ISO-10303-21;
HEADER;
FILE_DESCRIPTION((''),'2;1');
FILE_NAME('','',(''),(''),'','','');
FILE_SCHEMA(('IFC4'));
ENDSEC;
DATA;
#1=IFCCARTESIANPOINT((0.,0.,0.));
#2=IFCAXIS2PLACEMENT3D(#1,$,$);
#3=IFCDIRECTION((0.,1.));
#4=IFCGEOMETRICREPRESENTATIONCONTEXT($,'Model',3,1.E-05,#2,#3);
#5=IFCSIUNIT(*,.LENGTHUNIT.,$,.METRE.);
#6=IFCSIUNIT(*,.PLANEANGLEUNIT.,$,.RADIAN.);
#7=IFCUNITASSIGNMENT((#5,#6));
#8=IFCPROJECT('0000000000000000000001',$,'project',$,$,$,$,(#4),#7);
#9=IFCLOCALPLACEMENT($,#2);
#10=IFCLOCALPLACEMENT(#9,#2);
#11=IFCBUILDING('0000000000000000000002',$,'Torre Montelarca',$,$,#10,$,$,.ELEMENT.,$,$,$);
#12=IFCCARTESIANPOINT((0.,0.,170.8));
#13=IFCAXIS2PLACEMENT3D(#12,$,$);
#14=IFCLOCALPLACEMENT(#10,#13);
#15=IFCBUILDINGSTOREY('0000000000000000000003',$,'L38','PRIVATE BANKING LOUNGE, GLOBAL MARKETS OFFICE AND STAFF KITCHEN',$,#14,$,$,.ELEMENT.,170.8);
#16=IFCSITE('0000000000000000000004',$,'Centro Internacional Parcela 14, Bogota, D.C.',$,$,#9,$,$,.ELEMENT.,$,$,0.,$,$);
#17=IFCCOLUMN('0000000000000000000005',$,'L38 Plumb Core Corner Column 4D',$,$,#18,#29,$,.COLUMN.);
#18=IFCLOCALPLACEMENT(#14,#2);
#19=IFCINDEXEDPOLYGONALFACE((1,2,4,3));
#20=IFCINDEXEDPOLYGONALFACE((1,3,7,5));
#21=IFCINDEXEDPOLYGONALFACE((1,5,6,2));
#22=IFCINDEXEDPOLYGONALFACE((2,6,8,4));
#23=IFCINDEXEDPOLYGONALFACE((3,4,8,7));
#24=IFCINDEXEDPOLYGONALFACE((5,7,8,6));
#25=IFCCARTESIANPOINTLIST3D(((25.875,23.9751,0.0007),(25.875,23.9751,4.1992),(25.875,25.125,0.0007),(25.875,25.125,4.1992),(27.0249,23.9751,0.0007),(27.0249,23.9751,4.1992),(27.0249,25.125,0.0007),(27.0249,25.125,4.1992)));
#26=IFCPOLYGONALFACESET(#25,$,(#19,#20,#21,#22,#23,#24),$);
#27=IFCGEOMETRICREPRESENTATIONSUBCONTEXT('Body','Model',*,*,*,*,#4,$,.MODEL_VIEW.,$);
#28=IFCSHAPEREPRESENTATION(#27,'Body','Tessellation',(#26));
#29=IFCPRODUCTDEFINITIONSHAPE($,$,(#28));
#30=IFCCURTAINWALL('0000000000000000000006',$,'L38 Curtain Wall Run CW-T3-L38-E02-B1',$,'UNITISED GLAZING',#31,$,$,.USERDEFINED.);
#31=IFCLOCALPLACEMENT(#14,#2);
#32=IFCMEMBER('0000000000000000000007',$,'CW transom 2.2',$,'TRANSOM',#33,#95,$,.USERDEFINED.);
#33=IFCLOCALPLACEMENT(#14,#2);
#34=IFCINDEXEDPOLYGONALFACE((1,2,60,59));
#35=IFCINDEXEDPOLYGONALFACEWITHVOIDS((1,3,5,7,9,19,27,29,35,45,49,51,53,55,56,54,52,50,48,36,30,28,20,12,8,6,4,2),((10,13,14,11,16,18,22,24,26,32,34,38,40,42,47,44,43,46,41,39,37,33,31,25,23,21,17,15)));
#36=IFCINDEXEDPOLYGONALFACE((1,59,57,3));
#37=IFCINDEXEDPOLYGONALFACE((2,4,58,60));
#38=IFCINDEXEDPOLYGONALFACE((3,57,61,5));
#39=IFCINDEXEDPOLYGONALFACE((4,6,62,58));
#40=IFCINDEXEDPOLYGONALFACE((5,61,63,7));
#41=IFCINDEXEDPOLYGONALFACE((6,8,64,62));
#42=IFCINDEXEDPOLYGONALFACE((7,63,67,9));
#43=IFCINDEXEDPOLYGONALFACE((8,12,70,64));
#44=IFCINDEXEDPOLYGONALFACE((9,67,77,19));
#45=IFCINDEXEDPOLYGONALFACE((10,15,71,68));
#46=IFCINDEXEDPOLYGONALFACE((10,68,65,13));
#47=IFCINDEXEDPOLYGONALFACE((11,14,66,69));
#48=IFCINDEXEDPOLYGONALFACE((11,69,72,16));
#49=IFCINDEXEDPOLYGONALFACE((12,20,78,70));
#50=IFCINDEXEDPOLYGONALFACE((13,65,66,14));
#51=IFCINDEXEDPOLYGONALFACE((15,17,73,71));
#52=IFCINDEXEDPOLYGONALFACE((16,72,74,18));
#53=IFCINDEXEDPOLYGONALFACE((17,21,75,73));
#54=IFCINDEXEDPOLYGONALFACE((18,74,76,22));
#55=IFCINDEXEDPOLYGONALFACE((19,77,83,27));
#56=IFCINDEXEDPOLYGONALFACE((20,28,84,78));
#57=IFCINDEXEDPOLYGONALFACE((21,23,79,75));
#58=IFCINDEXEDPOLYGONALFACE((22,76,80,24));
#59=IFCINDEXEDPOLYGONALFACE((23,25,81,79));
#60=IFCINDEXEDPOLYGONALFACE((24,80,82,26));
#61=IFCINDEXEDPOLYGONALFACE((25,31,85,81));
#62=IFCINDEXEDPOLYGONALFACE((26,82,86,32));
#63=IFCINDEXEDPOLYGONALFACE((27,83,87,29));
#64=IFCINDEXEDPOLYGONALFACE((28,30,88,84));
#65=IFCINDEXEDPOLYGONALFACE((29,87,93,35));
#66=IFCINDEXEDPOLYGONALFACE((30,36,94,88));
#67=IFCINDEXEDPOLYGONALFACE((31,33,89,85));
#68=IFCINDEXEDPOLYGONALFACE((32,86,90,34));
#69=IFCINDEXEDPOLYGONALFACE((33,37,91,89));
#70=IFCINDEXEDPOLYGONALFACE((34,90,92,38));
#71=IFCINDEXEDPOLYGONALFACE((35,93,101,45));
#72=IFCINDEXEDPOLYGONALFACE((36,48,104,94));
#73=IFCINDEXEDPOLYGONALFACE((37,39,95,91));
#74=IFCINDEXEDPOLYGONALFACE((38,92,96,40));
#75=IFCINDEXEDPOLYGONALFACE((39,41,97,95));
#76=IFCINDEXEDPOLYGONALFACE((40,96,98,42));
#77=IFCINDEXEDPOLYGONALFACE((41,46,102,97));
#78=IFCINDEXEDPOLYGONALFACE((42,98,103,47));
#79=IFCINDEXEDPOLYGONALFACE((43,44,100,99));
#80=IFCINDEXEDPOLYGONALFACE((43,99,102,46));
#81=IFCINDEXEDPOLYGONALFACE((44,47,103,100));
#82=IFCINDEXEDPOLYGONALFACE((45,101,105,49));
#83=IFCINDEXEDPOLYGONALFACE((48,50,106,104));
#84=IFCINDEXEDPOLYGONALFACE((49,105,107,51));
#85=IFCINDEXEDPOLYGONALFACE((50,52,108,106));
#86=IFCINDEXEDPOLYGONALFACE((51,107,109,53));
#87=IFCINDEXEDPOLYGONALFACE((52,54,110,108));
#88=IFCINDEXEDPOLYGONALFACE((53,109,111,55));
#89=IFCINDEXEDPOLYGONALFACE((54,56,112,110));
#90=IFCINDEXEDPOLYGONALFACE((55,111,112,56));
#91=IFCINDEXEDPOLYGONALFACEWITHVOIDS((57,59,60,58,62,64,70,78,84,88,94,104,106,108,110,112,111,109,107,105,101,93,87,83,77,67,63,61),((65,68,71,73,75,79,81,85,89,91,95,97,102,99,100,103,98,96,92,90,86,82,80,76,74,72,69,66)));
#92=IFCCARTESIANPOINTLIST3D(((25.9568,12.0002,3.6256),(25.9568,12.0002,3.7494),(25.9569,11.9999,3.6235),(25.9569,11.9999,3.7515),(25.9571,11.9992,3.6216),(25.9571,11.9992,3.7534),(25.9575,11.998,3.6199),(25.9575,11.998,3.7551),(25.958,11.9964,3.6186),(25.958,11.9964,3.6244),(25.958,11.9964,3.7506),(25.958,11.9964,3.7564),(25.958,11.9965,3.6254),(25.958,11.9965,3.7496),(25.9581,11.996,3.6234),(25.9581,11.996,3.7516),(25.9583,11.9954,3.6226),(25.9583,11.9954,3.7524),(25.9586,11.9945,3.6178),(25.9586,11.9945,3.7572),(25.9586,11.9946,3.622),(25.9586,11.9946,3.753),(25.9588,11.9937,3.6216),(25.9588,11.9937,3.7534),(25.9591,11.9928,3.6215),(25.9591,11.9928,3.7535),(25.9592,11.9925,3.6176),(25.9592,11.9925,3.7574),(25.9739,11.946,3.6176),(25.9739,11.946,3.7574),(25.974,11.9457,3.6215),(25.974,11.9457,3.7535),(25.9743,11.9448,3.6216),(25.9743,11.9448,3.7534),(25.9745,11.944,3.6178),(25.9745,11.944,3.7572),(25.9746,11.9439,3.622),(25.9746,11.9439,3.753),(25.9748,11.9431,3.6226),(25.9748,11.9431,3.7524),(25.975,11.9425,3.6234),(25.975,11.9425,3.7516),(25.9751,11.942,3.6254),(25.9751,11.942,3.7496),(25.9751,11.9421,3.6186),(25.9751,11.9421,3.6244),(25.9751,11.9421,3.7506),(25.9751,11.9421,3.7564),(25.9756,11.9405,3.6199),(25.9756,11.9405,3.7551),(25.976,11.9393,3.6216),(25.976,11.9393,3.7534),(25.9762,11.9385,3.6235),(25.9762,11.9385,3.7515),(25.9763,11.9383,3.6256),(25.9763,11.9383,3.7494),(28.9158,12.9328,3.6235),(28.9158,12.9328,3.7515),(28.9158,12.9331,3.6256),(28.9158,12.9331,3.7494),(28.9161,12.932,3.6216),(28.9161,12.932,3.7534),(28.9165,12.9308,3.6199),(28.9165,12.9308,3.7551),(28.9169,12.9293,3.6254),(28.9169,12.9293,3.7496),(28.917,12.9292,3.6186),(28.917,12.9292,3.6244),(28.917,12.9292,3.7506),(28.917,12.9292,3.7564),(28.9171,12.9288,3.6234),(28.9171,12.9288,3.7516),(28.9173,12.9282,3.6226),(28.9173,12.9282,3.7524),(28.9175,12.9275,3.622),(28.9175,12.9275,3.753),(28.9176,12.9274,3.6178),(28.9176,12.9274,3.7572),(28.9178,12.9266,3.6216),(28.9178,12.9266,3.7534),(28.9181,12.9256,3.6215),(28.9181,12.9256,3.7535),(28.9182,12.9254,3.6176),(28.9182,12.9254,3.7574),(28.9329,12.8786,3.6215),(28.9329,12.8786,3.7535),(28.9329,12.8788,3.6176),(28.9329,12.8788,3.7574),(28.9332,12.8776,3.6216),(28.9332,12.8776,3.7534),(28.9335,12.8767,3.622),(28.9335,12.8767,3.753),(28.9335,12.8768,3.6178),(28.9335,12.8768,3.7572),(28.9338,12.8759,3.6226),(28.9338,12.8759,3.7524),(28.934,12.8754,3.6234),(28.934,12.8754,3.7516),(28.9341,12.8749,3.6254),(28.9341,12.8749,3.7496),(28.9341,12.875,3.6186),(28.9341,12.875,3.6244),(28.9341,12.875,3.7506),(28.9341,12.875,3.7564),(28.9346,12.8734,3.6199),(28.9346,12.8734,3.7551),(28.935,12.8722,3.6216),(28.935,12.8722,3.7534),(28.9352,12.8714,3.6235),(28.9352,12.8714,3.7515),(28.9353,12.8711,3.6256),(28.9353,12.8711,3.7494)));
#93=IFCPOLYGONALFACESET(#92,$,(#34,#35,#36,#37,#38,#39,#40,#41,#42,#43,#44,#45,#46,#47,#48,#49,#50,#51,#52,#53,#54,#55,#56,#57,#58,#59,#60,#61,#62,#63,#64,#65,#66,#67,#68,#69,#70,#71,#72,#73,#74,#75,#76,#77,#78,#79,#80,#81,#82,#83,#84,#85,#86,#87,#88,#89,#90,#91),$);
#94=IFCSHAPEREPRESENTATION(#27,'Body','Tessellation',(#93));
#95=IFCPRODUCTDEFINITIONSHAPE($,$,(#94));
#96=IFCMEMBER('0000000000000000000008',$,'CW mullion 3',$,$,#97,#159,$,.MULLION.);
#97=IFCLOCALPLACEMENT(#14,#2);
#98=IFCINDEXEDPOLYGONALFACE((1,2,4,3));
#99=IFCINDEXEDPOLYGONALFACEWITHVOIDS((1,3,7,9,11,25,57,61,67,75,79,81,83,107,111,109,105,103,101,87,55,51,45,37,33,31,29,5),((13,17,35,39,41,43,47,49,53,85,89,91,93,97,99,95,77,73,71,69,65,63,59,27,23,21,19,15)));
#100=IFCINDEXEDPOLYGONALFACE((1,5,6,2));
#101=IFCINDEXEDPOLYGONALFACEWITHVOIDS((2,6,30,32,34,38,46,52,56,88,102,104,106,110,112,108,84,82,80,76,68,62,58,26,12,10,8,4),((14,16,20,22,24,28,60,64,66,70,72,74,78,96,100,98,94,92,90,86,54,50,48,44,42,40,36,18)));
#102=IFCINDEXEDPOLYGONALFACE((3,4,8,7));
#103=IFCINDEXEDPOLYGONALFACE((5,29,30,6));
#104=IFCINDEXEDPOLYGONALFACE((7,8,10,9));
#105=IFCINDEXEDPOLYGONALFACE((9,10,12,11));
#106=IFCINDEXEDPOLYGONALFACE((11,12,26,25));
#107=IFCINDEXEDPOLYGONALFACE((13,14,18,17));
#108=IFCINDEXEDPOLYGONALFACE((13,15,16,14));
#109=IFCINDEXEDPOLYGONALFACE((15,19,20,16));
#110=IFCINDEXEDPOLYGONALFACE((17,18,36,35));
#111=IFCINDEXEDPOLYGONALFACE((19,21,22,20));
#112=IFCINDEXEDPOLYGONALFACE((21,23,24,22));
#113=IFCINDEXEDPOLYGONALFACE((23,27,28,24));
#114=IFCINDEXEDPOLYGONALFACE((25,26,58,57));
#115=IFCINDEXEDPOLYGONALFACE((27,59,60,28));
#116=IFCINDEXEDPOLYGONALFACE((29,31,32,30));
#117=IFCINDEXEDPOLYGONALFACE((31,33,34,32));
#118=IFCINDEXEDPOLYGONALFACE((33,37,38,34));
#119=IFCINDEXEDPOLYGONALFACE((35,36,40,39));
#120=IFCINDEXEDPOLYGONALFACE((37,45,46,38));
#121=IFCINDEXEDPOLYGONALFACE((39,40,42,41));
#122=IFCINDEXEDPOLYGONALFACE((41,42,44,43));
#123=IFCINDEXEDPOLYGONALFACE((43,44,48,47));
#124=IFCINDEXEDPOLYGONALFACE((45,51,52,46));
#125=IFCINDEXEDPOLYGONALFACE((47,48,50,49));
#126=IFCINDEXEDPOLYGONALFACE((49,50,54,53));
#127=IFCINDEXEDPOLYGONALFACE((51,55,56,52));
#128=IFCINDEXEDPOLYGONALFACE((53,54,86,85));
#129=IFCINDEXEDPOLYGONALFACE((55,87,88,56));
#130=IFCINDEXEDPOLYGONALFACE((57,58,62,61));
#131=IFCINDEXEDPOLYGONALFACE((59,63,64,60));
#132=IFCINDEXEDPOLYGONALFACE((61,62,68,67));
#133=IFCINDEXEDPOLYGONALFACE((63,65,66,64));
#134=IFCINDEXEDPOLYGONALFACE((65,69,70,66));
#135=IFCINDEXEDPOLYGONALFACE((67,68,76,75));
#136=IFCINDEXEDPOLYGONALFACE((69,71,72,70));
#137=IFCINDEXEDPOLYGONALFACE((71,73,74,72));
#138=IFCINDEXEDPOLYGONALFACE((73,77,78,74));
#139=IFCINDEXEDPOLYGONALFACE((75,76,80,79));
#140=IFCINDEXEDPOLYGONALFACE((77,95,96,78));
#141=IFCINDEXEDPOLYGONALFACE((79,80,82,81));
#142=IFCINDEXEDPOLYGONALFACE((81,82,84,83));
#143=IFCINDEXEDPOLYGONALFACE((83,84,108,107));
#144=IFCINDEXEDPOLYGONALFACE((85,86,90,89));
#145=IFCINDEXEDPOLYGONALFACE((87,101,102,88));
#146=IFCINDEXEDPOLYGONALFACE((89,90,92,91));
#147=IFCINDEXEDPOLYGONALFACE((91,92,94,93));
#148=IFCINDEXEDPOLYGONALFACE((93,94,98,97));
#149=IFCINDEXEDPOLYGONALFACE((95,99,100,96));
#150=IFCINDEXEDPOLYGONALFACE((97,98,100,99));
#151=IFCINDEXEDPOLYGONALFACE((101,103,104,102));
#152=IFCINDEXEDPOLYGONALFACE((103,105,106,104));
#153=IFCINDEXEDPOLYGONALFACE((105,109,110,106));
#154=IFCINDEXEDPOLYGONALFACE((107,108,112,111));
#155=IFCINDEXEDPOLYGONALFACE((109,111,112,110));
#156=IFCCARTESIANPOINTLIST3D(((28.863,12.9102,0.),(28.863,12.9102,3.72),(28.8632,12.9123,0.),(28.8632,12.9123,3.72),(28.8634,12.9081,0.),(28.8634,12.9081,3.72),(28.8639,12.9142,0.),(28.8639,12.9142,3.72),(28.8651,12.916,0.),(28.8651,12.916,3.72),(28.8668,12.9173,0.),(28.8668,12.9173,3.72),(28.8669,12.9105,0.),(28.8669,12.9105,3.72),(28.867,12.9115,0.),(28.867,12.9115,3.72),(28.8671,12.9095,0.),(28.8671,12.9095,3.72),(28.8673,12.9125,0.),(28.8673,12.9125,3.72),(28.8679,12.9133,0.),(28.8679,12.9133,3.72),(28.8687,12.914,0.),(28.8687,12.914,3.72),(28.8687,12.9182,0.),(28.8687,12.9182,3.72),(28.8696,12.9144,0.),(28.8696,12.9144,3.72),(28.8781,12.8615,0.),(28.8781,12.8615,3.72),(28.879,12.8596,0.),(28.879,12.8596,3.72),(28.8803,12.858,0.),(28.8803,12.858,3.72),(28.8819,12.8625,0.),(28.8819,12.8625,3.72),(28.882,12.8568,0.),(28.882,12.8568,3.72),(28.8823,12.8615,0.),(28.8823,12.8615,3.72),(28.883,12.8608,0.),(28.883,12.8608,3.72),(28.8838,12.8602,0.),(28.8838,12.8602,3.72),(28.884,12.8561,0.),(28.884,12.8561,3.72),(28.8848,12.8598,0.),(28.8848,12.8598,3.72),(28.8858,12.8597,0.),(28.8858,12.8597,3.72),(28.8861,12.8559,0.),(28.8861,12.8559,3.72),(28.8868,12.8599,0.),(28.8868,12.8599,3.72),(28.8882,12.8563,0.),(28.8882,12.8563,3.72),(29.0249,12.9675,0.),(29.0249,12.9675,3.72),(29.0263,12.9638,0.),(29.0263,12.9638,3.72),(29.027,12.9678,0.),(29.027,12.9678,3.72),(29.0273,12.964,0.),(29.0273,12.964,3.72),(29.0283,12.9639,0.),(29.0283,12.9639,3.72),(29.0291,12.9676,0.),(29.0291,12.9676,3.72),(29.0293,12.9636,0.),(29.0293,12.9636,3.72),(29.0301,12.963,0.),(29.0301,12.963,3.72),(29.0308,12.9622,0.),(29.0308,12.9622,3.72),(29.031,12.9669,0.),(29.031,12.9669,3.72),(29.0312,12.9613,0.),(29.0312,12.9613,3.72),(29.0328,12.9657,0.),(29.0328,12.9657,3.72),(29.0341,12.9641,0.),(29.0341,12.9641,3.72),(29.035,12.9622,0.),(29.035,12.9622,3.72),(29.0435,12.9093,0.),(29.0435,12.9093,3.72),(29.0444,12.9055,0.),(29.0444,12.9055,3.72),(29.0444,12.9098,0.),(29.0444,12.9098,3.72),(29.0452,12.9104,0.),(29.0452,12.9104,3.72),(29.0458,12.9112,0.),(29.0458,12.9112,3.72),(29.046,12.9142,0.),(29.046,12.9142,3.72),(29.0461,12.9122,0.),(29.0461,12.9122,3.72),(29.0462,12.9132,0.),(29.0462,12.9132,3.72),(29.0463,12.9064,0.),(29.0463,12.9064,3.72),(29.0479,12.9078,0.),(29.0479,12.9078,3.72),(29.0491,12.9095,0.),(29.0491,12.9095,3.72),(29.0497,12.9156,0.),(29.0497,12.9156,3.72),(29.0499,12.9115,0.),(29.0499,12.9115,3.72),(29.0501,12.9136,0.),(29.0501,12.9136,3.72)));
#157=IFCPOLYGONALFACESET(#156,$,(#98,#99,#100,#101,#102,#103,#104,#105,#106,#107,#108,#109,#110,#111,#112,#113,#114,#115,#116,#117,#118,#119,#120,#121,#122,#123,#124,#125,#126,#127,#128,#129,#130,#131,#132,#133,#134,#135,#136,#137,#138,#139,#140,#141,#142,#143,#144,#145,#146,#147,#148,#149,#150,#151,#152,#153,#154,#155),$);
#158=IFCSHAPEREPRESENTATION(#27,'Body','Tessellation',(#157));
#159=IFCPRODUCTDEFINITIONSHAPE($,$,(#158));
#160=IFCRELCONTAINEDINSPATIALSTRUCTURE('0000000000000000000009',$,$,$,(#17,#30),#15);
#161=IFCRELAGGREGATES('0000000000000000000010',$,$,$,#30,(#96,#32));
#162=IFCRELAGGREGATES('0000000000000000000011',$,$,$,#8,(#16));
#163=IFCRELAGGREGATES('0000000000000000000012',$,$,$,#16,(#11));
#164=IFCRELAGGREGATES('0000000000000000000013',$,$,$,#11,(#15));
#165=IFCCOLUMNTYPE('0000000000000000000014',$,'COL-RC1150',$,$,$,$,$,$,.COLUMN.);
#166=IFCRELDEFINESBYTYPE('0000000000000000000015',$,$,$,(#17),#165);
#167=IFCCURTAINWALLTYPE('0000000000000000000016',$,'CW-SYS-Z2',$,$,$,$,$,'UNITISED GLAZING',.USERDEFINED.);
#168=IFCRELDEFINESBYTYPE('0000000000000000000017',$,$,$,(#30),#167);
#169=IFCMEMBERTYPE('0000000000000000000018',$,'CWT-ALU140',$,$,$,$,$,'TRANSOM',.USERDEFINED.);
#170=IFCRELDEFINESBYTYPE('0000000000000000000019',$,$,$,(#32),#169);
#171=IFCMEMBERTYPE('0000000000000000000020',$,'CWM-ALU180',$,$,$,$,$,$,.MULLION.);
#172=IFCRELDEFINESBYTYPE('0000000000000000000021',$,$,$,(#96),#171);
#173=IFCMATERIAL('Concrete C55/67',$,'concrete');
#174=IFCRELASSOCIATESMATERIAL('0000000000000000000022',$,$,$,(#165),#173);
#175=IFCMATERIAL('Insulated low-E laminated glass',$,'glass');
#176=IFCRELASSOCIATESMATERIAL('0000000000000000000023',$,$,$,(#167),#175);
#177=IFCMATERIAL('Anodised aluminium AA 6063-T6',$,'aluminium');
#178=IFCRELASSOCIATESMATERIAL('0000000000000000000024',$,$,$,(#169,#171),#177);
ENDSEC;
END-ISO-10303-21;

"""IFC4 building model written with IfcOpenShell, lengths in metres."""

from ifc_helpers import new_model, si_unit, direction, frame, origin, origin_2d, place, context, subcontext, project, spatial, rectangle, hollow_rectangle, extrude, source, transform, mapped, material, material_profile, profile_set, type_object, element, aggregate, save


model = new_model("IFC4")

# Units and contexts
model_context = context("Model", 3, precision=1e-05, world=origin(), true_north=direction((0.0, 1.0)))
body_context = subcontext(model_context, "Body", "Model", "MODEL_VIEW")
ifc_project = project(units=[si_unit("LENGTHUNIT", "METRE"), si_unit("PLANEANGLEUNIT", "RADIAN")], contexts=[model_context])

# Site, building, storey
site_placement = place(None, origin())
site = spatial("IfcSite", under=ifc_project, at=site_placement, Name="Centro Internacional Parcela 14, Bogota, D.C.", CompositionType="ELEMENT", RefElevation=0.0)
building_placement = place(site_placement, origin())
building = spatial("IfcBuilding", under=site, at=building_placement, Name="Torre Montelarca", CompositionType="ELEMENT")
storey_placement = place(building_placement, frame((0.0, 0.0, 170.8)))
storey = spatial("IfcBuildingStorey", under=building, at=storey_placement, Name="L38", Description="PRIVATE BANKING LOUNGE, GLOBAL MARKETS OFFICE AND STAFF KITCHEN", CompositionType="ELEMENT", Elevation=170.8)

# Column
ifc_material_1 = material(Name="Concrete C55/67", Category="concrete")
ifc_material_profile_1 = material_profile(ifc_material_1, rectangle(XDim=1.1499, YDim=1.1499, at=origin_2d()), Name="RC1150X1150", Category="concrete")
ifc_profile_set_1 = profile_set([ifc_material_profile_1], Name="Concrete C55/67")
column_type = type_object("IfcColumnType", Name="COL-RC1150", PredefinedType="COLUMN", material=ifc_profile_set_1)
shared_shape_1 = source(origin(), body_context, "Body", "SweptSolid", [
    extrude(rectangle(XDim=1.1499, YDim=1.1499, at=origin_2d()), origin(), (0.0, 0.0, 1.0), 4.1985),
])
column_1_placement = place(storey_placement, frame((26.45, 24.55, 0.0007), z_axis=(0.0, 0.0, 1.0), x_axis=(1.0, 0.0, 0.0)))
element("IfcColumn", 1, at=column_1_placement, inside=storey, type_object=column_type, Name="L38 Plumb Core Corner Column 4D", PredefinedType="COLUMN", context=body_context, shape_type="MappedRepresentation", body=[
    mapped(shared_shape_1, transform((0.0, 0.0, 0.0), scale=1.0)),
])

# Curtain wall, members
ifc_material_2 = material(Name="Insulated low-E laminated glass", Category="glass")
curtain_wall_type = type_object("IfcCurtainWallType", Name="CW-SYS-Z2", ElementType="UNITISED GLAZING", PredefinedType="USERDEFINED", material=ifc_material_2)
curtain_wall_1_placement = place(storey_placement, origin())
curtain_wall_1 = element("IfcCurtainWall", 2, at=curtain_wall_1_placement, inside=storey, type_object=curtain_wall_type, Name="L38 Curtain Wall Run CW-T3-L38-E02-B1", ObjectType="UNITISED GLAZING", PredefinedType="USERDEFINED")
ifc_material_3 = material(Name="Anodised aluminium AA 6063-T6", Category="aluminium")
ifc_material_profile_2 = material_profile(ifc_material_3, hollow_rectangle(XDim=0.0649, YDim=0.1399, WallThickness=0.0039, InnerFilletRadius=0.0039, OuterFilletRadius=0.0081, at=origin_2d()), Name="ALU65X140X4", Category="aluminium")
ifc_profile_set_2 = profile_set([ifc_material_profile_2], Name="Anodised aluminium AA 6063-T6")
member_type_1 = type_object("IfcMemberType", Name="CWT-ALU140", ElementType="TRANSOM", PredefinedType="USERDEFINED", material=ifc_profile_set_2)
shared_shape_2 = source(origin(), body_context, "Body", "SweptSolid", [
    extrude(hollow_rectangle(XDim=0.0649, YDim=0.1399, WallThickness=0.0039, InnerFilletRadius=0.0039, OuterFilletRadius=0.0081, at=origin_2d()), origin(), (0.0, 0.0, 1.0), 3.1025),
])
member_1_placement = place(storey_placement, frame((25.9666, 11.9692, 3.6875), z_axis=(0.953726, 0.300676, 0.0), x_axis=(-0.300676, 0.953726, 0.0)))
member_1 = element("IfcMember", 3, at=member_1_placement, type_object=member_type_1, Name="CW transom 2.2", ObjectType="TRANSOM", PredefinedType="USERDEFINED", context=body_context, shape_type="MappedRepresentation", body=[
    mapped(shared_shape_2, transform((0.0, 0.0, 0.0), scale=1.0)),
])
ifc_material_profile_3 = material_profile(ifc_material_3, hollow_rectangle(XDim=0.0649, YDim=0.1799, WallThickness=0.0039, InnerFilletRadius=0.0039, OuterFilletRadius=0.0081, at=origin_2d()), Name="ALU65X180X4", Category="aluminium")
ifc_profile_set_3 = profile_set([ifc_material_profile_3], Name="Anodised aluminium AA 6063-T6")
member_type_2 = type_object("IfcMemberType", Name="CWM-ALU180", PredefinedType="MULLION", material=ifc_profile_set_3)
shared_shape_3 = source(origin(), body_context, "Body", "SweptSolid", [
    extrude(hollow_rectangle(XDim=0.0649, YDim=0.1799, WallThickness=0.0039, InnerFilletRadius=0.0039, OuterFilletRadius=0.0081, at=origin_2d()), origin(), (0.0, 0.0, 1.0), 3.72),
])
member_2_placement = place(storey_placement, frame((28.9565, 12.9119, 0.0), z_axis=(0.0, 0.0, 1.0), x_axis=(-0.300703, 0.953718, 0.0)))
member_2 = element("IfcMember", 4, at=member_2_placement, type_object=member_type_2, Name="CW mullion 3", PredefinedType="MULLION", context=body_context, shape_type="MappedRepresentation", body=[
    mapped(shared_shape_3, transform((0.0, 0.0, 0.0), scale=1.0)),
])

aggregate(curtain_wall_1, [member_2, member_1])

save(model, "model.ifc")
